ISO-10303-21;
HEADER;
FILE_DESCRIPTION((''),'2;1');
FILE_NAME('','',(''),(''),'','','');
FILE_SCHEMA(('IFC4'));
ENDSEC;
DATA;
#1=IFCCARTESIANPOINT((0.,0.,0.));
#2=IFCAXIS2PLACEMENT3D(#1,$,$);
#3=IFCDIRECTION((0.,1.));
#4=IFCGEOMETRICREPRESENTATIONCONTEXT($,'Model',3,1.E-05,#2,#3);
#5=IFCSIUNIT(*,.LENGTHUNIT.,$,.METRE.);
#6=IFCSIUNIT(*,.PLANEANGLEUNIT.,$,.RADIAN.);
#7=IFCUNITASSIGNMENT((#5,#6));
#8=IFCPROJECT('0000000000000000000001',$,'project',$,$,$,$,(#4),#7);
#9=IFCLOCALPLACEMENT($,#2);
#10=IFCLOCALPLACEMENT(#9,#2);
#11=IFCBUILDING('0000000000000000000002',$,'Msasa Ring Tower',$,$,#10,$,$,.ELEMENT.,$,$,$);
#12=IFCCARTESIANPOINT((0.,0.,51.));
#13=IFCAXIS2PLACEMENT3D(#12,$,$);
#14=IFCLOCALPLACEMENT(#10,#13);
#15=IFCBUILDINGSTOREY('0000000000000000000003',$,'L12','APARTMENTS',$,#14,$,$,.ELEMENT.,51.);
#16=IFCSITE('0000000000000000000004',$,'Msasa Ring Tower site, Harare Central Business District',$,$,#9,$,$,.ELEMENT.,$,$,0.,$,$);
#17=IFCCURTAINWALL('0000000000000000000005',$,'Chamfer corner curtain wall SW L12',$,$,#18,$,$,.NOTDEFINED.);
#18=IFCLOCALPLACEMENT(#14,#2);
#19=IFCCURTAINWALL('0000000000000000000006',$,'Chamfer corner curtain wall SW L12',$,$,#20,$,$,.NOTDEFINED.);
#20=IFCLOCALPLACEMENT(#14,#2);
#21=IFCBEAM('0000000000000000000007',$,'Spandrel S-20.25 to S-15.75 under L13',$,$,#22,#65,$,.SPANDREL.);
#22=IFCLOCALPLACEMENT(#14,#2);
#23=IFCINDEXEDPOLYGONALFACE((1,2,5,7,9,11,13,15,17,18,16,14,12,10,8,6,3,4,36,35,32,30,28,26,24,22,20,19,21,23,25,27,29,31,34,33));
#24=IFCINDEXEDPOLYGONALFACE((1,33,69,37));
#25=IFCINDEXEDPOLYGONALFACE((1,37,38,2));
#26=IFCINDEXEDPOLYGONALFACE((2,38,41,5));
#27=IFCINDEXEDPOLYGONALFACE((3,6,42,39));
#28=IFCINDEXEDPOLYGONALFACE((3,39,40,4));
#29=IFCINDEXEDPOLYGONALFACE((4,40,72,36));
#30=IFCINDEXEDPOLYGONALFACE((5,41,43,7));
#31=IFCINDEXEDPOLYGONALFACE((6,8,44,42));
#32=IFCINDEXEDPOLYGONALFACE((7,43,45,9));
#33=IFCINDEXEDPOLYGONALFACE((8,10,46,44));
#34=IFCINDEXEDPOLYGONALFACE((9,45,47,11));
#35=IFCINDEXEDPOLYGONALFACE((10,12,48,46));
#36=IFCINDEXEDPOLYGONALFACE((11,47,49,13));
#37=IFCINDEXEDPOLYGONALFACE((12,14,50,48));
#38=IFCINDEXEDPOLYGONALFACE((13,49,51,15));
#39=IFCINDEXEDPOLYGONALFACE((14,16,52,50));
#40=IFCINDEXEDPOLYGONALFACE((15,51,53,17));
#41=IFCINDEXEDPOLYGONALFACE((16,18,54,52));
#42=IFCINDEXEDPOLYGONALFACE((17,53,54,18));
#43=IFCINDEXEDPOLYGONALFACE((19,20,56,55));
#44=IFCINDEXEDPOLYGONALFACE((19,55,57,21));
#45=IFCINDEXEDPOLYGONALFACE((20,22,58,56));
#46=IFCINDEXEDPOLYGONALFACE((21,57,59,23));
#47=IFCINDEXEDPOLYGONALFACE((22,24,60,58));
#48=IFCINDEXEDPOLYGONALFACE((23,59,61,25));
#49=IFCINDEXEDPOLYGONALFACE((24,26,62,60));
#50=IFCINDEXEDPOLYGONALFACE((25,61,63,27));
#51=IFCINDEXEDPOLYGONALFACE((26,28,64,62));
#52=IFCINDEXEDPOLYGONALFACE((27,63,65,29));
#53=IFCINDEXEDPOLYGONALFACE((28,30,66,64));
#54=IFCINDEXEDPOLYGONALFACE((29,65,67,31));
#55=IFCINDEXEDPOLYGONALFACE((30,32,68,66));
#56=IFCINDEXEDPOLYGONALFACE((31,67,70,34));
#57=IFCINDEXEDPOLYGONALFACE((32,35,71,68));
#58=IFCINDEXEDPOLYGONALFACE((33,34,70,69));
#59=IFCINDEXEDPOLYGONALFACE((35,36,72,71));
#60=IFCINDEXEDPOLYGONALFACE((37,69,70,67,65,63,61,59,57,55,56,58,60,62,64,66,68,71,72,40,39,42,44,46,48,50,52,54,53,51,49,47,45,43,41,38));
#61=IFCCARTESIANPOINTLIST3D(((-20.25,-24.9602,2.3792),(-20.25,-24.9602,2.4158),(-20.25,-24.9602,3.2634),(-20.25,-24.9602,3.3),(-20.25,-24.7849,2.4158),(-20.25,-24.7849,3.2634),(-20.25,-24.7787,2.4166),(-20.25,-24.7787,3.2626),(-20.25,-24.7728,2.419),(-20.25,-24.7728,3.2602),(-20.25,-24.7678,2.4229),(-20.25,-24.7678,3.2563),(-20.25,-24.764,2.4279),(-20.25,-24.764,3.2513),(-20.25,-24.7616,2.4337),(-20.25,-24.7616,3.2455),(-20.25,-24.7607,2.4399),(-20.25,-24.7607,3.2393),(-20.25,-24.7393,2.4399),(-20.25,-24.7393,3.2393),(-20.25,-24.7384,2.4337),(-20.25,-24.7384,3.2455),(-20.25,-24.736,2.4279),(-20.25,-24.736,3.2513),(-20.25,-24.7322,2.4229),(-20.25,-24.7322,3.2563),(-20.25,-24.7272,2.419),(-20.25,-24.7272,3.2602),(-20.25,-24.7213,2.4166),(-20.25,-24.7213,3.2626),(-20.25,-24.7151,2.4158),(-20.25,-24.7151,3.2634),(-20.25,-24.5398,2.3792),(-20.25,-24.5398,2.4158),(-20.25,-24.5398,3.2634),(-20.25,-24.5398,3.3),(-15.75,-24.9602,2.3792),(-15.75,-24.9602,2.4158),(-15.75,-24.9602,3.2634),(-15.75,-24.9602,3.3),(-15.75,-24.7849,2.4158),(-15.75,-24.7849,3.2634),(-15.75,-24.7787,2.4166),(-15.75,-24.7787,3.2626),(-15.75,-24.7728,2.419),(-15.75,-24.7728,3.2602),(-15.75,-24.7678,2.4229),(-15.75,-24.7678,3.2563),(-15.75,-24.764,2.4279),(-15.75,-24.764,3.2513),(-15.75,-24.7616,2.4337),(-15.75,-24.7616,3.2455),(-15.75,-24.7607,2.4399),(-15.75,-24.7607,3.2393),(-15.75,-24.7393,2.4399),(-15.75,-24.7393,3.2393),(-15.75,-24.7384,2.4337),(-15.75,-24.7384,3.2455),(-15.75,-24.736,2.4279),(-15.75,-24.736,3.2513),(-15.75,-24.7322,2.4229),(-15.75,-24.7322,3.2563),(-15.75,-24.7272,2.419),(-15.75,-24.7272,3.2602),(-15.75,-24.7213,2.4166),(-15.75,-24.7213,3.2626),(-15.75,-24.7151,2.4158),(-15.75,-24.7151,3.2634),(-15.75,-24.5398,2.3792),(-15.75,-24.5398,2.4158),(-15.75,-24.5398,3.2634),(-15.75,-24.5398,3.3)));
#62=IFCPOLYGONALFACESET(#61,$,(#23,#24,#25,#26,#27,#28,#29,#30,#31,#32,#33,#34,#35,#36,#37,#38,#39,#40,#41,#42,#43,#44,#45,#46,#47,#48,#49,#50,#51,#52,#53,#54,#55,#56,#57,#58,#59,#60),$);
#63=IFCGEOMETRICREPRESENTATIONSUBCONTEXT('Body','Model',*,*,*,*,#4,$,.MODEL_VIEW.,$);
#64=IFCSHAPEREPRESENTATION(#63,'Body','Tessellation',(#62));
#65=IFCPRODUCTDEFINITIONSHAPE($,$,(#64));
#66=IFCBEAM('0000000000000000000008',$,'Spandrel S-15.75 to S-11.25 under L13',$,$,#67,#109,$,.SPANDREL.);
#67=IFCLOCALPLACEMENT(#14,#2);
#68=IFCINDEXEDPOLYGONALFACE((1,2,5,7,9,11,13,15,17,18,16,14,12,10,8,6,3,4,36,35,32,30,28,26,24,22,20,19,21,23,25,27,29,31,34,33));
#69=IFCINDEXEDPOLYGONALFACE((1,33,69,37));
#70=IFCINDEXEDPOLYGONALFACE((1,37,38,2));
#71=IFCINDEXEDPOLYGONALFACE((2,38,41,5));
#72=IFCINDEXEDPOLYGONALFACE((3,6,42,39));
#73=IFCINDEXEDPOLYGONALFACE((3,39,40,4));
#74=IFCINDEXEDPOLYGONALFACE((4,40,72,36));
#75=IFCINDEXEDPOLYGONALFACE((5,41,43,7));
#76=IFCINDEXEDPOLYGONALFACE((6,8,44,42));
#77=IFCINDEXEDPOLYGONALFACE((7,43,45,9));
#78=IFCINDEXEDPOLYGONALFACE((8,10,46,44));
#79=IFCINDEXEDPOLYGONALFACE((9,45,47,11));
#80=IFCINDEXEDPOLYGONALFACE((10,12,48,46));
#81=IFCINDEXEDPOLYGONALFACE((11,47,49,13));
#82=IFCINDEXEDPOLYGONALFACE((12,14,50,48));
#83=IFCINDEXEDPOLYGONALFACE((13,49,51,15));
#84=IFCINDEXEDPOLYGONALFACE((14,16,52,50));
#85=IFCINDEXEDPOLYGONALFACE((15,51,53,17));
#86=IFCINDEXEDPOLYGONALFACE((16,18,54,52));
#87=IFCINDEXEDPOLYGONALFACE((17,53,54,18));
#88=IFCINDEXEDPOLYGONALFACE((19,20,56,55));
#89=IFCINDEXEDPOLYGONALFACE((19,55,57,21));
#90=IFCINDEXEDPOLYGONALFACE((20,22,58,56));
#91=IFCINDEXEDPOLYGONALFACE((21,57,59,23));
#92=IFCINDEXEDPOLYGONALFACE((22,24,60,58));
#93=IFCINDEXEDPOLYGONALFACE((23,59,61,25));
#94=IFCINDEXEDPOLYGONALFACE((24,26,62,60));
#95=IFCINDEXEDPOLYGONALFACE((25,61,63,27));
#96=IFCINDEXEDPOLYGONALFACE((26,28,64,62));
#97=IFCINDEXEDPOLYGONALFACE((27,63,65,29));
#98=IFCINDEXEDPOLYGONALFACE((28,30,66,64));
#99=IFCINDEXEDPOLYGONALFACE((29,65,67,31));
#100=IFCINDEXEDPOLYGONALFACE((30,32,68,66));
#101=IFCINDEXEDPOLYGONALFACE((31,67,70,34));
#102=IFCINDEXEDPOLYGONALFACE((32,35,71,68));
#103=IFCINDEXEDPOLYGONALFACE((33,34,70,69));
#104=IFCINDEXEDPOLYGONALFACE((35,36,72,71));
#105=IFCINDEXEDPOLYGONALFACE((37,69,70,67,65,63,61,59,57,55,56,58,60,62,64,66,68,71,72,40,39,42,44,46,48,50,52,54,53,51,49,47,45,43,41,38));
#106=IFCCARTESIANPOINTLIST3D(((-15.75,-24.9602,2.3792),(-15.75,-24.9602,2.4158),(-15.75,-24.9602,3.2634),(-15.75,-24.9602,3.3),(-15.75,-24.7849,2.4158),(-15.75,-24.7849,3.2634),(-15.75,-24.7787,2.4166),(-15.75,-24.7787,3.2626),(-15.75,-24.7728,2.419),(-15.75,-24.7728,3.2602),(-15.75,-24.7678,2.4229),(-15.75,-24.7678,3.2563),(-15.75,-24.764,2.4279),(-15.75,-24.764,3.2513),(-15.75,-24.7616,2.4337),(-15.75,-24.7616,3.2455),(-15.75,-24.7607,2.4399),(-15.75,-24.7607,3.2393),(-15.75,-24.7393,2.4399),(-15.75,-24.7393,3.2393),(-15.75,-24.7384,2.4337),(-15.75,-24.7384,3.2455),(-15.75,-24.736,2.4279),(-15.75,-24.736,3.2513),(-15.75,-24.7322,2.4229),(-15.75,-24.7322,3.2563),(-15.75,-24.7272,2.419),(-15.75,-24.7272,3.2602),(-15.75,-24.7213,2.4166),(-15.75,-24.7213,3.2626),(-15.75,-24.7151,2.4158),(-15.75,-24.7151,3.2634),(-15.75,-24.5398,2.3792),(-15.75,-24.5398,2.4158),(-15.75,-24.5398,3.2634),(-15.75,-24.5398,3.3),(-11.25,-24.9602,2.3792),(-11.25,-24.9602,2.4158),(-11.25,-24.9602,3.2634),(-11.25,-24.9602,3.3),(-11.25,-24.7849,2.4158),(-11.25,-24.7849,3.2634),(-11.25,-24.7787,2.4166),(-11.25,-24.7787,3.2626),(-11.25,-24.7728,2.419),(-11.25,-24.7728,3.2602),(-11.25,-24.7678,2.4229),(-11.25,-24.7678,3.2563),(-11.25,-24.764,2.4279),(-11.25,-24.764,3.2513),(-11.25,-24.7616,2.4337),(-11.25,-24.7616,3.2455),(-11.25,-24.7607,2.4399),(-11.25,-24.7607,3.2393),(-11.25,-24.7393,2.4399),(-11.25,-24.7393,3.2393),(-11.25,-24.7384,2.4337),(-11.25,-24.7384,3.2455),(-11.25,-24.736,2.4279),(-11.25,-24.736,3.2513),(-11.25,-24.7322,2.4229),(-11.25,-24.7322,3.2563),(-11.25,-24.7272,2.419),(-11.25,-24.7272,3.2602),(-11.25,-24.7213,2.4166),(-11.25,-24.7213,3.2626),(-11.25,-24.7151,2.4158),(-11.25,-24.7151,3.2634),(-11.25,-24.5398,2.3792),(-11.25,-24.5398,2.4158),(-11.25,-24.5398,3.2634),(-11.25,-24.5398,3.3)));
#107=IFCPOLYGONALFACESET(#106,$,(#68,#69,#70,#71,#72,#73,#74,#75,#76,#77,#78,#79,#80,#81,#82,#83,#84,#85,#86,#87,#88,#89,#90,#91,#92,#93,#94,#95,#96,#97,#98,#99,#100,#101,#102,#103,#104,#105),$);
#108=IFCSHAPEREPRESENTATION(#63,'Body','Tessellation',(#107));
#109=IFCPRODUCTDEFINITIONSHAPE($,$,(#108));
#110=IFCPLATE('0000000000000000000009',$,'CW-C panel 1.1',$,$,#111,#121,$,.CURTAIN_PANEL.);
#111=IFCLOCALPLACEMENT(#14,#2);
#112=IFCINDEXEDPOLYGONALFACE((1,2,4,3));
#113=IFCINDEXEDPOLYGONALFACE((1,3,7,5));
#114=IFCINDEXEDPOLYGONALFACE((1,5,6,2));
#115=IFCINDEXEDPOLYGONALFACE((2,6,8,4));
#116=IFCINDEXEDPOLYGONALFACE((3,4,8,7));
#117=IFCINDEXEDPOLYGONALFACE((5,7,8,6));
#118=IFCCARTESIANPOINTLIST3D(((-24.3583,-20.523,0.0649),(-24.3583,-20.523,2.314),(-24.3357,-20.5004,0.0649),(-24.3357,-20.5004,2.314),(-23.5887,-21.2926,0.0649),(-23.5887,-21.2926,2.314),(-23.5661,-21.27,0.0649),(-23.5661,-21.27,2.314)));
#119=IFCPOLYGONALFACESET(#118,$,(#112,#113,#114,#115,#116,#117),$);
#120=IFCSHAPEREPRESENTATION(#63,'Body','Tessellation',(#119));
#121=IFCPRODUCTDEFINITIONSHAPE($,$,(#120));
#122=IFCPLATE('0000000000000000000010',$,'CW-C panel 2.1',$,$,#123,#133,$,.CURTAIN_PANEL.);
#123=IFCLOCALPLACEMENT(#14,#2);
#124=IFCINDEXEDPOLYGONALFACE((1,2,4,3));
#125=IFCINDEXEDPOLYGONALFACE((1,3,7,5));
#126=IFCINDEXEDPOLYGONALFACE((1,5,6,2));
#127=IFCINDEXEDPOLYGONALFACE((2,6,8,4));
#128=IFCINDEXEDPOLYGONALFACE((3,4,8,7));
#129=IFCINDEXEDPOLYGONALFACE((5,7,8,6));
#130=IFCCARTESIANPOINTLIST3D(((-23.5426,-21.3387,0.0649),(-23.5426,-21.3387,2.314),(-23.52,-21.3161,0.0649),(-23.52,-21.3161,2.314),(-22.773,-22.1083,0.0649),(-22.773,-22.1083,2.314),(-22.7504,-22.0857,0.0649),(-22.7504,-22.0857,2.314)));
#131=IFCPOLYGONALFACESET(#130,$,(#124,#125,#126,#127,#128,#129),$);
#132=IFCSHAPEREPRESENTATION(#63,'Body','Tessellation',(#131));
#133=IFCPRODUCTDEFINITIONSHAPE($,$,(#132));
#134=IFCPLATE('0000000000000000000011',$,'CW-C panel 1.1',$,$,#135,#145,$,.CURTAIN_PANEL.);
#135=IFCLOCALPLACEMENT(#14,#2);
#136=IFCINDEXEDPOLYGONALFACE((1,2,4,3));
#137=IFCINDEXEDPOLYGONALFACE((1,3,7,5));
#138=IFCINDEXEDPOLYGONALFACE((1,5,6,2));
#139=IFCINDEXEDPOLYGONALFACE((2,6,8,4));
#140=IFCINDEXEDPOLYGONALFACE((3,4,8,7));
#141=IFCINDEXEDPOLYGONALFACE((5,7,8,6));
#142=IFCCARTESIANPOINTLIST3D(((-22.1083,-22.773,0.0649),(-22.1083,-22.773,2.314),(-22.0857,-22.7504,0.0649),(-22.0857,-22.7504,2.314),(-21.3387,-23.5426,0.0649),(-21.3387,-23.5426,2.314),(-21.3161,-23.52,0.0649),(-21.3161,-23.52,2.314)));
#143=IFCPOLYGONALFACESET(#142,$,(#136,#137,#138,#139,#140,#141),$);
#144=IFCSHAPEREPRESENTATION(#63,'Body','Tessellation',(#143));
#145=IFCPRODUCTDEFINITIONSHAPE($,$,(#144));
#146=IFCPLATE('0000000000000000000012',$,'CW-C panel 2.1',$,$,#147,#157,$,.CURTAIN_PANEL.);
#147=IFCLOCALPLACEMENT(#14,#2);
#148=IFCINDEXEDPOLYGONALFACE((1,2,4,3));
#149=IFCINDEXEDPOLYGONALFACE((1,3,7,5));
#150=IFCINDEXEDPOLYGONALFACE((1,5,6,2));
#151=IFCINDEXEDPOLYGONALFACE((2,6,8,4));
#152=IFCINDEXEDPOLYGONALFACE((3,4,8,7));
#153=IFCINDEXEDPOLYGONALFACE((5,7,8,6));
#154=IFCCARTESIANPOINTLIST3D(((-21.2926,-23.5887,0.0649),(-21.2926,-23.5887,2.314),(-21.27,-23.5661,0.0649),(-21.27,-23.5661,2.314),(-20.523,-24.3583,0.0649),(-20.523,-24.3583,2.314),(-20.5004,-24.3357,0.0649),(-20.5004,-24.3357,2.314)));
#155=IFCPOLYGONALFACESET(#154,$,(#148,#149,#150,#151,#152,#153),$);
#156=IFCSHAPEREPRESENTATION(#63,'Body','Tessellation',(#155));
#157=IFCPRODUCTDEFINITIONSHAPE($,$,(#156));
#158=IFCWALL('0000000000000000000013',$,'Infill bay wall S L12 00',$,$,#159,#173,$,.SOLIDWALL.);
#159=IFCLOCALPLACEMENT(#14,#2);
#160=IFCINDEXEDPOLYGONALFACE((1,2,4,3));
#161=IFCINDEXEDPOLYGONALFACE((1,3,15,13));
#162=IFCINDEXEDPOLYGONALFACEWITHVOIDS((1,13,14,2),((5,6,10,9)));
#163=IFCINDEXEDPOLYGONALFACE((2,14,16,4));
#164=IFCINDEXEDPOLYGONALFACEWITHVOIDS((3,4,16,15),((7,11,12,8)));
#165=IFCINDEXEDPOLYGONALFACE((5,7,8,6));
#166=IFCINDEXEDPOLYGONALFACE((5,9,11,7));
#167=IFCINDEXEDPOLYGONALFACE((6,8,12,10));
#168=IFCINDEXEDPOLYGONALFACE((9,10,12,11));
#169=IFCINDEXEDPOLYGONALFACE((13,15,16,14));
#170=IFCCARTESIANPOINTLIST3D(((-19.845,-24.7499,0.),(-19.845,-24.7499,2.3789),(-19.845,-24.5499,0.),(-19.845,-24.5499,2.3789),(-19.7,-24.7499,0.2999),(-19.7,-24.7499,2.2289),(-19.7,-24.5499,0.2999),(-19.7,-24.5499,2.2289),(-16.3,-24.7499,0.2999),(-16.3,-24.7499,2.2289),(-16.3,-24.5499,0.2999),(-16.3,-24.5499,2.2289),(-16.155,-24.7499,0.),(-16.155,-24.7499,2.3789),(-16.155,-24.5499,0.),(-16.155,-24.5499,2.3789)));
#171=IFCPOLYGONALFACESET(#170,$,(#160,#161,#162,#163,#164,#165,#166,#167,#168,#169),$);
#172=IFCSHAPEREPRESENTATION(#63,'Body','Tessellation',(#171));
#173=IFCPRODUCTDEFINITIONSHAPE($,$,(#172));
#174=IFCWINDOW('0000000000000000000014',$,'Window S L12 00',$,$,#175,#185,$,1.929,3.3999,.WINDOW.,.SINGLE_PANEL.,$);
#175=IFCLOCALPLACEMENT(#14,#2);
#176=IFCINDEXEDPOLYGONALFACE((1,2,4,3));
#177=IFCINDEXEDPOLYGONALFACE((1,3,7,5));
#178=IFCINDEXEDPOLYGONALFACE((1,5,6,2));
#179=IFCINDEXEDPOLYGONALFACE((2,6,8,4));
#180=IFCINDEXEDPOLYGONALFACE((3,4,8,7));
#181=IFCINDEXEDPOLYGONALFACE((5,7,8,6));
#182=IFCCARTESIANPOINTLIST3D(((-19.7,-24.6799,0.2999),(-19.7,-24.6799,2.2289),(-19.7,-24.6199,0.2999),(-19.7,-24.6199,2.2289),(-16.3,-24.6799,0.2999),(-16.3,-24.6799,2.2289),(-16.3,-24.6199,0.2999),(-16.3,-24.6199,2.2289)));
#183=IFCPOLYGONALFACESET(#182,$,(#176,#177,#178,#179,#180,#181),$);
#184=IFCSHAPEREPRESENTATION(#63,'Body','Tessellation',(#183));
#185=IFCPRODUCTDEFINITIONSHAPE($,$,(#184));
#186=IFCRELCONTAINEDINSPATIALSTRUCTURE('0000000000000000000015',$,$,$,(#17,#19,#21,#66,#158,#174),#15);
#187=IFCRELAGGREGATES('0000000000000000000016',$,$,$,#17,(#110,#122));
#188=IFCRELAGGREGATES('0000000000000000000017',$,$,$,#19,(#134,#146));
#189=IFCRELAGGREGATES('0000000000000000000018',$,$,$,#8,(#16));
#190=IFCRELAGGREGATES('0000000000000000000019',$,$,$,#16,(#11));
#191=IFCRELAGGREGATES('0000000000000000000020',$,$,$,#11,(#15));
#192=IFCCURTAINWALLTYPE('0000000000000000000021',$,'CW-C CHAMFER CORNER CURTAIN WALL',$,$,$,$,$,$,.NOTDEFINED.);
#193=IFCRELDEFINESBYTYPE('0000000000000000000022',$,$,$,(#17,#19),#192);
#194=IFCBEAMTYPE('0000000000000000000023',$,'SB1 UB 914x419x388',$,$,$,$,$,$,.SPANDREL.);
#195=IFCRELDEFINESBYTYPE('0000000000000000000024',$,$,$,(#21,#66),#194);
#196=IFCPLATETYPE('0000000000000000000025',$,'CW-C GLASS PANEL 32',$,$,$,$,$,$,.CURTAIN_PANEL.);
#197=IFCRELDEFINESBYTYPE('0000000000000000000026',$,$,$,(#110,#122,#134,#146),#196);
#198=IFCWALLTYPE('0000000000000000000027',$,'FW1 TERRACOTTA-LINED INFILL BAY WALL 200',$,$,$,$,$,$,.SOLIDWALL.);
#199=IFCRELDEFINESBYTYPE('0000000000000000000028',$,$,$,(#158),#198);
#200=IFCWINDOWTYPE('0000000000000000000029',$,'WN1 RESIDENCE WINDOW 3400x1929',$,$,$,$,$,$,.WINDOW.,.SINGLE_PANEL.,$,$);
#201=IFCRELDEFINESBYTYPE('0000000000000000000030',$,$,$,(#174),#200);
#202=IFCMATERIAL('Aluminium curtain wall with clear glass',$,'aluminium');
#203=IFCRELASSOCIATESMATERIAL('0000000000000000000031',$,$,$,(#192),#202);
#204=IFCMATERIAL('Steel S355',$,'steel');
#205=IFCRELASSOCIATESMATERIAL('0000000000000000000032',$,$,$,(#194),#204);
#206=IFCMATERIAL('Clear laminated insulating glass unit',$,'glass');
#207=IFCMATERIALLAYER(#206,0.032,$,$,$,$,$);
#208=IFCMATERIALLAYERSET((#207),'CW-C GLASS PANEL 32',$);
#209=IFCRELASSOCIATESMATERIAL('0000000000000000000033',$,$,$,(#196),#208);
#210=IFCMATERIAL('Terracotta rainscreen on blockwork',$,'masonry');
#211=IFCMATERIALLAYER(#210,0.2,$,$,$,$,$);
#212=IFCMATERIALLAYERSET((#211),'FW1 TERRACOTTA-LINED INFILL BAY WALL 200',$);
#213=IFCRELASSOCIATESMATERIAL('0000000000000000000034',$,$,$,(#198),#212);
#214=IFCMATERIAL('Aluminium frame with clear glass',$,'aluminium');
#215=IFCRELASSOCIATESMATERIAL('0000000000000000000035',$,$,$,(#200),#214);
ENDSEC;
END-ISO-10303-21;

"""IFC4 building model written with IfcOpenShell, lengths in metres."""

from ifc_helpers import new_model, si_unit, direction, frame, frame_2d, origin, origin_2d, place, context, subcontext, project, spatial, rectangle, i_section, extrude, material, layer, layer_set, material_profile, profile_set, type_object, element, fill, aggregate, save


model = new_model("IFC4")

# Units and contexts
model_context = context("Model", 3, precision=1e-05, world=origin(), true_north=direction((0.0, 1.0)))
body_context = subcontext(model_context, "Body", "Model", "MODEL_VIEW")
ifc_project = project(units=[si_unit("LENGTHUNIT", "METRE"), si_unit("PLANEANGLEUNIT", "RADIAN")], contexts=[model_context])

# Site, building, storey
site_placement = place(None, origin())
site = spatial("IfcSite", under=ifc_project, at=site_placement, Name="Msasa Ring Tower site, Harare Central Business District", CompositionType="ELEMENT", RefElevation=0.0)
building_placement = place(site_placement, origin())
building = spatial("IfcBuilding", under=site, at=building_placement, Name="Msasa Ring Tower", CompositionType="ELEMENT")
storey_placement = place(building_placement, frame((0.0, 0.0, 51.0)))
storey = spatial("IfcBuildingStorey", under=building, at=storey_placement, Name="L12", Description="APARTMENTS", CompositionType="ELEMENT", Elevation=51.0)

# Curtain walls
ifc_material_1 = material(Name="Aluminium curtain wall with clear glass", Category="aluminium")
curtain_wall_type = type_object("IfcCurtainWallType", Name="CW-C CHAMFER CORNER CURTAIN WALL", PredefinedType="NOTDEFINED", material=ifc_material_1)
curtain_wall_1_placement = place(storey_placement, origin())
curtain_wall_1 = element("IfcCurtainWall", 1, at=curtain_wall_1_placement, inside=storey, type_object=curtain_wall_type, Name="Chamfer corner curtain wall SW L12", PredefinedType="NOTDEFINED")
curtain_wall_2_placement = place(storey_placement, origin())
curtain_wall_2 = element("IfcCurtainWall", 2, at=curtain_wall_2_placement, inside=storey, type_object=curtain_wall_type, Name="Chamfer corner curtain wall SW L12", PredefinedType="NOTDEFINED")

# Beams
ifc_material_2 = material(Name="Steel S355", Category="steel")
ifc_material_profile_1 = material_profile(ifc_material_2, i_section(OverallWidth=0.4204, OverallDepth=0.9209, WebThickness=0.0215, FlangeThickness=0.0366, FilletRadius=0.0242, at=origin_2d()), Name="UB 914x419x388")
ifc_profile_set_1 = profile_set([ifc_material_profile_1], Name="Steel S355")
beam_type_1 = type_object("IfcBeamType", Name="SB1 UB 914x419x388", PredefinedType="SPANDREL", material=ifc_profile_set_1)
for number, where, z_axis, x_axis, name in (
    (3, (-20.25, -24.75, 2.8396), (1.0, 0.0, 0.0), (0.0, 1.0, 0.0), "Spandrel S-20.25 to S-15.75 under L13"),
    (4, (-15.75, -24.75, 2.8396), (1.0, 0.0, 0.0), (0.0, 1.0, 0.0), "Spandrel S-15.75 to S-11.25 under L13"),
):
    element("IfcBeam", number, at=place(storey_placement, frame(where, z_axis=z_axis, x_axis=x_axis)), inside=storey, type_object=beam_type_1, Name=name, PredefinedType="SPANDREL", context=body_context, shape_type="SweptSolid", body=[
        extrude(i_section(OverallWidth=0.4204, OverallDepth=0.9209, WebThickness=0.0215, FlangeThickness=0.0366, FilletRadius=0.0242, at=origin_2d()), origin(), (0.0, 0.0, 1.0), 4.5),
    ])

# Plates
ifc_material_3 = material(Name="Clear laminated insulating glass unit", Category="glass")
ifc_layer_1 = layer(ifc_material_3, 0.032)
ifc_layer_set_1 = layer_set([ifc_layer_1], Name="CW-C GLASS PANEL 32")
plate_type = type_object("IfcPlateType", Name="CW-C GLASS PANEL 32", PredefinedType="CURTAIN_PANEL", material=ifc_layer_set_1)
plate_1_placement = place(storey_placement, frame((-23.9622, -20.8965, 0.0649), z_axis=(0.0, 0.0, 1.0), x_axis=(0.707107, -0.707107, 0.0)))
plate_1 = element("IfcPlate", 5, at=plate_1_placement, type_object=plate_type, Name="CW-C panel 1.1", PredefinedType="CURTAIN_PANEL", context=body_context, shape_type="SweptSolid", body=[
    extrude(rectangle(XDim=1.0884, YDim=0.032, at=origin_2d()), origin(), (0.0, 0.0, 1.0), 2.249),
])
plate_2_placement = place(storey_placement, frame((-23.1465, -21.7122, 0.0649), z_axis=(0.0, 0.0, 1.0), x_axis=(0.707107, -0.707107, 0.0)))
plate_2 = element("IfcPlate", 6, at=plate_2_placement, type_object=plate_type, Name="CW-C panel 2.1", PredefinedType="CURTAIN_PANEL", context=body_context, shape_type="SweptSolid", body=[
    extrude(rectangle(XDim=1.0884, YDim=0.032, at=origin_2d()), origin(), (0.0, 0.0, 1.0), 2.249),
])
aggregate(curtain_wall_1, [plate_1, plate_2])
plate_3_placement = place(storey_placement, frame((-21.7122, -23.1465, 0.0649), z_axis=(0.0, 0.0, 1.0), x_axis=(0.707107, -0.707107, 0.0)))
plate_3 = element("IfcPlate", 7, at=plate_3_placement, type_object=plate_type, Name="CW-C panel 1.1", PredefinedType="CURTAIN_PANEL", context=body_context, shape_type="SweptSolid", body=[
    extrude(rectangle(XDim=1.0884, YDim=0.032, at=origin_2d()), origin(), (0.0, 0.0, 1.0), 2.249),
])
plate_4_placement = place(storey_placement, frame((-20.8965, -23.9622, 0.0649), z_axis=(0.0, 0.0, 1.0), x_axis=(0.707107, -0.707107, 0.0)))
plate_4 = element("IfcPlate", 8, at=plate_4_placement, type_object=plate_type, Name="CW-C panel 2.1", PredefinedType="CURTAIN_PANEL", context=body_context, shape_type="SweptSolid", body=[
    extrude(rectangle(XDim=1.0884, YDim=0.032, at=origin_2d()), origin(), (0.0, 0.0, 1.0), 2.249),
])
aggregate(curtain_wall_2, [plate_3, plate_4])

# Wall, opening, window
ifc_material_4 = material(Name="Terracotta rainscreen on blockwork", Category="masonry")
ifc_layer_2 = layer(ifc_material_4, 0.2)
ifc_layer_set_2 = layer_set([ifc_layer_2], Name="FW1 TERRACOTTA-LINED INFILL BAY WALL 200")
wall_type_1 = type_object("IfcWallType", Name="FW1 TERRACOTTA-LINED INFILL BAY WALL 200", PredefinedType="SOLIDWALL", material=ifc_layer_set_2)
wall_1_placement = place(storey_placement, frame((-19.845, -24.6499, 0.0), z_axis=(0.0, 0.0, 1.0), x_axis=(1.0, 0.0, 0.0)))
wall_1 = element("IfcWall", 9, at=wall_1_placement, inside=storey, type_object=wall_type_1, Name="Infill bay wall S L12 00", PredefinedType="SOLIDWALL", context=body_context, shape_type="SweptSolid", body=[
    extrude(rectangle(XDim=3.6899, YDim=0.2, at=frame_2d((1.845, 0.0))), origin(), (0.0, 0.0, 1.0), 2.3789),
])
opening_placement = place(wall_1_placement, frame((0.145, 0.0, 0.3)))
opening = element("IfcOpeningElement", 10, at=opening_placement, cuts=wall_1, PredefinedType="OPENING", context=body_context, shape_type="SweptSolid", body=[
    extrude(rectangle(XDim=3.3999, YDim=1.929, at=frame_2d((1.7, 0.9644))), frame((0.0, 0.1099, 0.0), z_axis=(0.0, -1.0, 0.0), x_axis=(1.0, 0.0, 0.0)), (0.0, 0.0, 1.0), 0.22),
])
ifc_material_5 = material(Name="Aluminium frame with clear glass", Category="aluminium")
window_type = type_object("IfcWindowType", Name="WN1 RESIDENCE WINDOW 3400x1929", PartitioningType="SINGLE_PANEL", PredefinedType="WINDOW", material=ifc_material_5)
window_placement = place(opening_placement, origin())
window = element("IfcWindow", 11, at=window_placement, inside=storey, type_object=window_type, Name="Window S L12 00", OverallHeight=1.929, OverallWidth=3.3999, PartitioningType="SINGLE_PANEL", PredefinedType="WINDOW", context=body_context, shape_type="SweptSolid", body=[
    extrude(rectangle(XDim=3.3999, YDim=1.929, at=frame_2d((1.7, 0.9644))), frame((0.0, 0.03, 0.0), z_axis=(0.0, -1.0, 0.0), x_axis=(1.0, 0.0, 0.0)), (0.0, 0.0, 1.0), 0.0601),
])
fill(opening, window)

save(model, "model.ifc")
